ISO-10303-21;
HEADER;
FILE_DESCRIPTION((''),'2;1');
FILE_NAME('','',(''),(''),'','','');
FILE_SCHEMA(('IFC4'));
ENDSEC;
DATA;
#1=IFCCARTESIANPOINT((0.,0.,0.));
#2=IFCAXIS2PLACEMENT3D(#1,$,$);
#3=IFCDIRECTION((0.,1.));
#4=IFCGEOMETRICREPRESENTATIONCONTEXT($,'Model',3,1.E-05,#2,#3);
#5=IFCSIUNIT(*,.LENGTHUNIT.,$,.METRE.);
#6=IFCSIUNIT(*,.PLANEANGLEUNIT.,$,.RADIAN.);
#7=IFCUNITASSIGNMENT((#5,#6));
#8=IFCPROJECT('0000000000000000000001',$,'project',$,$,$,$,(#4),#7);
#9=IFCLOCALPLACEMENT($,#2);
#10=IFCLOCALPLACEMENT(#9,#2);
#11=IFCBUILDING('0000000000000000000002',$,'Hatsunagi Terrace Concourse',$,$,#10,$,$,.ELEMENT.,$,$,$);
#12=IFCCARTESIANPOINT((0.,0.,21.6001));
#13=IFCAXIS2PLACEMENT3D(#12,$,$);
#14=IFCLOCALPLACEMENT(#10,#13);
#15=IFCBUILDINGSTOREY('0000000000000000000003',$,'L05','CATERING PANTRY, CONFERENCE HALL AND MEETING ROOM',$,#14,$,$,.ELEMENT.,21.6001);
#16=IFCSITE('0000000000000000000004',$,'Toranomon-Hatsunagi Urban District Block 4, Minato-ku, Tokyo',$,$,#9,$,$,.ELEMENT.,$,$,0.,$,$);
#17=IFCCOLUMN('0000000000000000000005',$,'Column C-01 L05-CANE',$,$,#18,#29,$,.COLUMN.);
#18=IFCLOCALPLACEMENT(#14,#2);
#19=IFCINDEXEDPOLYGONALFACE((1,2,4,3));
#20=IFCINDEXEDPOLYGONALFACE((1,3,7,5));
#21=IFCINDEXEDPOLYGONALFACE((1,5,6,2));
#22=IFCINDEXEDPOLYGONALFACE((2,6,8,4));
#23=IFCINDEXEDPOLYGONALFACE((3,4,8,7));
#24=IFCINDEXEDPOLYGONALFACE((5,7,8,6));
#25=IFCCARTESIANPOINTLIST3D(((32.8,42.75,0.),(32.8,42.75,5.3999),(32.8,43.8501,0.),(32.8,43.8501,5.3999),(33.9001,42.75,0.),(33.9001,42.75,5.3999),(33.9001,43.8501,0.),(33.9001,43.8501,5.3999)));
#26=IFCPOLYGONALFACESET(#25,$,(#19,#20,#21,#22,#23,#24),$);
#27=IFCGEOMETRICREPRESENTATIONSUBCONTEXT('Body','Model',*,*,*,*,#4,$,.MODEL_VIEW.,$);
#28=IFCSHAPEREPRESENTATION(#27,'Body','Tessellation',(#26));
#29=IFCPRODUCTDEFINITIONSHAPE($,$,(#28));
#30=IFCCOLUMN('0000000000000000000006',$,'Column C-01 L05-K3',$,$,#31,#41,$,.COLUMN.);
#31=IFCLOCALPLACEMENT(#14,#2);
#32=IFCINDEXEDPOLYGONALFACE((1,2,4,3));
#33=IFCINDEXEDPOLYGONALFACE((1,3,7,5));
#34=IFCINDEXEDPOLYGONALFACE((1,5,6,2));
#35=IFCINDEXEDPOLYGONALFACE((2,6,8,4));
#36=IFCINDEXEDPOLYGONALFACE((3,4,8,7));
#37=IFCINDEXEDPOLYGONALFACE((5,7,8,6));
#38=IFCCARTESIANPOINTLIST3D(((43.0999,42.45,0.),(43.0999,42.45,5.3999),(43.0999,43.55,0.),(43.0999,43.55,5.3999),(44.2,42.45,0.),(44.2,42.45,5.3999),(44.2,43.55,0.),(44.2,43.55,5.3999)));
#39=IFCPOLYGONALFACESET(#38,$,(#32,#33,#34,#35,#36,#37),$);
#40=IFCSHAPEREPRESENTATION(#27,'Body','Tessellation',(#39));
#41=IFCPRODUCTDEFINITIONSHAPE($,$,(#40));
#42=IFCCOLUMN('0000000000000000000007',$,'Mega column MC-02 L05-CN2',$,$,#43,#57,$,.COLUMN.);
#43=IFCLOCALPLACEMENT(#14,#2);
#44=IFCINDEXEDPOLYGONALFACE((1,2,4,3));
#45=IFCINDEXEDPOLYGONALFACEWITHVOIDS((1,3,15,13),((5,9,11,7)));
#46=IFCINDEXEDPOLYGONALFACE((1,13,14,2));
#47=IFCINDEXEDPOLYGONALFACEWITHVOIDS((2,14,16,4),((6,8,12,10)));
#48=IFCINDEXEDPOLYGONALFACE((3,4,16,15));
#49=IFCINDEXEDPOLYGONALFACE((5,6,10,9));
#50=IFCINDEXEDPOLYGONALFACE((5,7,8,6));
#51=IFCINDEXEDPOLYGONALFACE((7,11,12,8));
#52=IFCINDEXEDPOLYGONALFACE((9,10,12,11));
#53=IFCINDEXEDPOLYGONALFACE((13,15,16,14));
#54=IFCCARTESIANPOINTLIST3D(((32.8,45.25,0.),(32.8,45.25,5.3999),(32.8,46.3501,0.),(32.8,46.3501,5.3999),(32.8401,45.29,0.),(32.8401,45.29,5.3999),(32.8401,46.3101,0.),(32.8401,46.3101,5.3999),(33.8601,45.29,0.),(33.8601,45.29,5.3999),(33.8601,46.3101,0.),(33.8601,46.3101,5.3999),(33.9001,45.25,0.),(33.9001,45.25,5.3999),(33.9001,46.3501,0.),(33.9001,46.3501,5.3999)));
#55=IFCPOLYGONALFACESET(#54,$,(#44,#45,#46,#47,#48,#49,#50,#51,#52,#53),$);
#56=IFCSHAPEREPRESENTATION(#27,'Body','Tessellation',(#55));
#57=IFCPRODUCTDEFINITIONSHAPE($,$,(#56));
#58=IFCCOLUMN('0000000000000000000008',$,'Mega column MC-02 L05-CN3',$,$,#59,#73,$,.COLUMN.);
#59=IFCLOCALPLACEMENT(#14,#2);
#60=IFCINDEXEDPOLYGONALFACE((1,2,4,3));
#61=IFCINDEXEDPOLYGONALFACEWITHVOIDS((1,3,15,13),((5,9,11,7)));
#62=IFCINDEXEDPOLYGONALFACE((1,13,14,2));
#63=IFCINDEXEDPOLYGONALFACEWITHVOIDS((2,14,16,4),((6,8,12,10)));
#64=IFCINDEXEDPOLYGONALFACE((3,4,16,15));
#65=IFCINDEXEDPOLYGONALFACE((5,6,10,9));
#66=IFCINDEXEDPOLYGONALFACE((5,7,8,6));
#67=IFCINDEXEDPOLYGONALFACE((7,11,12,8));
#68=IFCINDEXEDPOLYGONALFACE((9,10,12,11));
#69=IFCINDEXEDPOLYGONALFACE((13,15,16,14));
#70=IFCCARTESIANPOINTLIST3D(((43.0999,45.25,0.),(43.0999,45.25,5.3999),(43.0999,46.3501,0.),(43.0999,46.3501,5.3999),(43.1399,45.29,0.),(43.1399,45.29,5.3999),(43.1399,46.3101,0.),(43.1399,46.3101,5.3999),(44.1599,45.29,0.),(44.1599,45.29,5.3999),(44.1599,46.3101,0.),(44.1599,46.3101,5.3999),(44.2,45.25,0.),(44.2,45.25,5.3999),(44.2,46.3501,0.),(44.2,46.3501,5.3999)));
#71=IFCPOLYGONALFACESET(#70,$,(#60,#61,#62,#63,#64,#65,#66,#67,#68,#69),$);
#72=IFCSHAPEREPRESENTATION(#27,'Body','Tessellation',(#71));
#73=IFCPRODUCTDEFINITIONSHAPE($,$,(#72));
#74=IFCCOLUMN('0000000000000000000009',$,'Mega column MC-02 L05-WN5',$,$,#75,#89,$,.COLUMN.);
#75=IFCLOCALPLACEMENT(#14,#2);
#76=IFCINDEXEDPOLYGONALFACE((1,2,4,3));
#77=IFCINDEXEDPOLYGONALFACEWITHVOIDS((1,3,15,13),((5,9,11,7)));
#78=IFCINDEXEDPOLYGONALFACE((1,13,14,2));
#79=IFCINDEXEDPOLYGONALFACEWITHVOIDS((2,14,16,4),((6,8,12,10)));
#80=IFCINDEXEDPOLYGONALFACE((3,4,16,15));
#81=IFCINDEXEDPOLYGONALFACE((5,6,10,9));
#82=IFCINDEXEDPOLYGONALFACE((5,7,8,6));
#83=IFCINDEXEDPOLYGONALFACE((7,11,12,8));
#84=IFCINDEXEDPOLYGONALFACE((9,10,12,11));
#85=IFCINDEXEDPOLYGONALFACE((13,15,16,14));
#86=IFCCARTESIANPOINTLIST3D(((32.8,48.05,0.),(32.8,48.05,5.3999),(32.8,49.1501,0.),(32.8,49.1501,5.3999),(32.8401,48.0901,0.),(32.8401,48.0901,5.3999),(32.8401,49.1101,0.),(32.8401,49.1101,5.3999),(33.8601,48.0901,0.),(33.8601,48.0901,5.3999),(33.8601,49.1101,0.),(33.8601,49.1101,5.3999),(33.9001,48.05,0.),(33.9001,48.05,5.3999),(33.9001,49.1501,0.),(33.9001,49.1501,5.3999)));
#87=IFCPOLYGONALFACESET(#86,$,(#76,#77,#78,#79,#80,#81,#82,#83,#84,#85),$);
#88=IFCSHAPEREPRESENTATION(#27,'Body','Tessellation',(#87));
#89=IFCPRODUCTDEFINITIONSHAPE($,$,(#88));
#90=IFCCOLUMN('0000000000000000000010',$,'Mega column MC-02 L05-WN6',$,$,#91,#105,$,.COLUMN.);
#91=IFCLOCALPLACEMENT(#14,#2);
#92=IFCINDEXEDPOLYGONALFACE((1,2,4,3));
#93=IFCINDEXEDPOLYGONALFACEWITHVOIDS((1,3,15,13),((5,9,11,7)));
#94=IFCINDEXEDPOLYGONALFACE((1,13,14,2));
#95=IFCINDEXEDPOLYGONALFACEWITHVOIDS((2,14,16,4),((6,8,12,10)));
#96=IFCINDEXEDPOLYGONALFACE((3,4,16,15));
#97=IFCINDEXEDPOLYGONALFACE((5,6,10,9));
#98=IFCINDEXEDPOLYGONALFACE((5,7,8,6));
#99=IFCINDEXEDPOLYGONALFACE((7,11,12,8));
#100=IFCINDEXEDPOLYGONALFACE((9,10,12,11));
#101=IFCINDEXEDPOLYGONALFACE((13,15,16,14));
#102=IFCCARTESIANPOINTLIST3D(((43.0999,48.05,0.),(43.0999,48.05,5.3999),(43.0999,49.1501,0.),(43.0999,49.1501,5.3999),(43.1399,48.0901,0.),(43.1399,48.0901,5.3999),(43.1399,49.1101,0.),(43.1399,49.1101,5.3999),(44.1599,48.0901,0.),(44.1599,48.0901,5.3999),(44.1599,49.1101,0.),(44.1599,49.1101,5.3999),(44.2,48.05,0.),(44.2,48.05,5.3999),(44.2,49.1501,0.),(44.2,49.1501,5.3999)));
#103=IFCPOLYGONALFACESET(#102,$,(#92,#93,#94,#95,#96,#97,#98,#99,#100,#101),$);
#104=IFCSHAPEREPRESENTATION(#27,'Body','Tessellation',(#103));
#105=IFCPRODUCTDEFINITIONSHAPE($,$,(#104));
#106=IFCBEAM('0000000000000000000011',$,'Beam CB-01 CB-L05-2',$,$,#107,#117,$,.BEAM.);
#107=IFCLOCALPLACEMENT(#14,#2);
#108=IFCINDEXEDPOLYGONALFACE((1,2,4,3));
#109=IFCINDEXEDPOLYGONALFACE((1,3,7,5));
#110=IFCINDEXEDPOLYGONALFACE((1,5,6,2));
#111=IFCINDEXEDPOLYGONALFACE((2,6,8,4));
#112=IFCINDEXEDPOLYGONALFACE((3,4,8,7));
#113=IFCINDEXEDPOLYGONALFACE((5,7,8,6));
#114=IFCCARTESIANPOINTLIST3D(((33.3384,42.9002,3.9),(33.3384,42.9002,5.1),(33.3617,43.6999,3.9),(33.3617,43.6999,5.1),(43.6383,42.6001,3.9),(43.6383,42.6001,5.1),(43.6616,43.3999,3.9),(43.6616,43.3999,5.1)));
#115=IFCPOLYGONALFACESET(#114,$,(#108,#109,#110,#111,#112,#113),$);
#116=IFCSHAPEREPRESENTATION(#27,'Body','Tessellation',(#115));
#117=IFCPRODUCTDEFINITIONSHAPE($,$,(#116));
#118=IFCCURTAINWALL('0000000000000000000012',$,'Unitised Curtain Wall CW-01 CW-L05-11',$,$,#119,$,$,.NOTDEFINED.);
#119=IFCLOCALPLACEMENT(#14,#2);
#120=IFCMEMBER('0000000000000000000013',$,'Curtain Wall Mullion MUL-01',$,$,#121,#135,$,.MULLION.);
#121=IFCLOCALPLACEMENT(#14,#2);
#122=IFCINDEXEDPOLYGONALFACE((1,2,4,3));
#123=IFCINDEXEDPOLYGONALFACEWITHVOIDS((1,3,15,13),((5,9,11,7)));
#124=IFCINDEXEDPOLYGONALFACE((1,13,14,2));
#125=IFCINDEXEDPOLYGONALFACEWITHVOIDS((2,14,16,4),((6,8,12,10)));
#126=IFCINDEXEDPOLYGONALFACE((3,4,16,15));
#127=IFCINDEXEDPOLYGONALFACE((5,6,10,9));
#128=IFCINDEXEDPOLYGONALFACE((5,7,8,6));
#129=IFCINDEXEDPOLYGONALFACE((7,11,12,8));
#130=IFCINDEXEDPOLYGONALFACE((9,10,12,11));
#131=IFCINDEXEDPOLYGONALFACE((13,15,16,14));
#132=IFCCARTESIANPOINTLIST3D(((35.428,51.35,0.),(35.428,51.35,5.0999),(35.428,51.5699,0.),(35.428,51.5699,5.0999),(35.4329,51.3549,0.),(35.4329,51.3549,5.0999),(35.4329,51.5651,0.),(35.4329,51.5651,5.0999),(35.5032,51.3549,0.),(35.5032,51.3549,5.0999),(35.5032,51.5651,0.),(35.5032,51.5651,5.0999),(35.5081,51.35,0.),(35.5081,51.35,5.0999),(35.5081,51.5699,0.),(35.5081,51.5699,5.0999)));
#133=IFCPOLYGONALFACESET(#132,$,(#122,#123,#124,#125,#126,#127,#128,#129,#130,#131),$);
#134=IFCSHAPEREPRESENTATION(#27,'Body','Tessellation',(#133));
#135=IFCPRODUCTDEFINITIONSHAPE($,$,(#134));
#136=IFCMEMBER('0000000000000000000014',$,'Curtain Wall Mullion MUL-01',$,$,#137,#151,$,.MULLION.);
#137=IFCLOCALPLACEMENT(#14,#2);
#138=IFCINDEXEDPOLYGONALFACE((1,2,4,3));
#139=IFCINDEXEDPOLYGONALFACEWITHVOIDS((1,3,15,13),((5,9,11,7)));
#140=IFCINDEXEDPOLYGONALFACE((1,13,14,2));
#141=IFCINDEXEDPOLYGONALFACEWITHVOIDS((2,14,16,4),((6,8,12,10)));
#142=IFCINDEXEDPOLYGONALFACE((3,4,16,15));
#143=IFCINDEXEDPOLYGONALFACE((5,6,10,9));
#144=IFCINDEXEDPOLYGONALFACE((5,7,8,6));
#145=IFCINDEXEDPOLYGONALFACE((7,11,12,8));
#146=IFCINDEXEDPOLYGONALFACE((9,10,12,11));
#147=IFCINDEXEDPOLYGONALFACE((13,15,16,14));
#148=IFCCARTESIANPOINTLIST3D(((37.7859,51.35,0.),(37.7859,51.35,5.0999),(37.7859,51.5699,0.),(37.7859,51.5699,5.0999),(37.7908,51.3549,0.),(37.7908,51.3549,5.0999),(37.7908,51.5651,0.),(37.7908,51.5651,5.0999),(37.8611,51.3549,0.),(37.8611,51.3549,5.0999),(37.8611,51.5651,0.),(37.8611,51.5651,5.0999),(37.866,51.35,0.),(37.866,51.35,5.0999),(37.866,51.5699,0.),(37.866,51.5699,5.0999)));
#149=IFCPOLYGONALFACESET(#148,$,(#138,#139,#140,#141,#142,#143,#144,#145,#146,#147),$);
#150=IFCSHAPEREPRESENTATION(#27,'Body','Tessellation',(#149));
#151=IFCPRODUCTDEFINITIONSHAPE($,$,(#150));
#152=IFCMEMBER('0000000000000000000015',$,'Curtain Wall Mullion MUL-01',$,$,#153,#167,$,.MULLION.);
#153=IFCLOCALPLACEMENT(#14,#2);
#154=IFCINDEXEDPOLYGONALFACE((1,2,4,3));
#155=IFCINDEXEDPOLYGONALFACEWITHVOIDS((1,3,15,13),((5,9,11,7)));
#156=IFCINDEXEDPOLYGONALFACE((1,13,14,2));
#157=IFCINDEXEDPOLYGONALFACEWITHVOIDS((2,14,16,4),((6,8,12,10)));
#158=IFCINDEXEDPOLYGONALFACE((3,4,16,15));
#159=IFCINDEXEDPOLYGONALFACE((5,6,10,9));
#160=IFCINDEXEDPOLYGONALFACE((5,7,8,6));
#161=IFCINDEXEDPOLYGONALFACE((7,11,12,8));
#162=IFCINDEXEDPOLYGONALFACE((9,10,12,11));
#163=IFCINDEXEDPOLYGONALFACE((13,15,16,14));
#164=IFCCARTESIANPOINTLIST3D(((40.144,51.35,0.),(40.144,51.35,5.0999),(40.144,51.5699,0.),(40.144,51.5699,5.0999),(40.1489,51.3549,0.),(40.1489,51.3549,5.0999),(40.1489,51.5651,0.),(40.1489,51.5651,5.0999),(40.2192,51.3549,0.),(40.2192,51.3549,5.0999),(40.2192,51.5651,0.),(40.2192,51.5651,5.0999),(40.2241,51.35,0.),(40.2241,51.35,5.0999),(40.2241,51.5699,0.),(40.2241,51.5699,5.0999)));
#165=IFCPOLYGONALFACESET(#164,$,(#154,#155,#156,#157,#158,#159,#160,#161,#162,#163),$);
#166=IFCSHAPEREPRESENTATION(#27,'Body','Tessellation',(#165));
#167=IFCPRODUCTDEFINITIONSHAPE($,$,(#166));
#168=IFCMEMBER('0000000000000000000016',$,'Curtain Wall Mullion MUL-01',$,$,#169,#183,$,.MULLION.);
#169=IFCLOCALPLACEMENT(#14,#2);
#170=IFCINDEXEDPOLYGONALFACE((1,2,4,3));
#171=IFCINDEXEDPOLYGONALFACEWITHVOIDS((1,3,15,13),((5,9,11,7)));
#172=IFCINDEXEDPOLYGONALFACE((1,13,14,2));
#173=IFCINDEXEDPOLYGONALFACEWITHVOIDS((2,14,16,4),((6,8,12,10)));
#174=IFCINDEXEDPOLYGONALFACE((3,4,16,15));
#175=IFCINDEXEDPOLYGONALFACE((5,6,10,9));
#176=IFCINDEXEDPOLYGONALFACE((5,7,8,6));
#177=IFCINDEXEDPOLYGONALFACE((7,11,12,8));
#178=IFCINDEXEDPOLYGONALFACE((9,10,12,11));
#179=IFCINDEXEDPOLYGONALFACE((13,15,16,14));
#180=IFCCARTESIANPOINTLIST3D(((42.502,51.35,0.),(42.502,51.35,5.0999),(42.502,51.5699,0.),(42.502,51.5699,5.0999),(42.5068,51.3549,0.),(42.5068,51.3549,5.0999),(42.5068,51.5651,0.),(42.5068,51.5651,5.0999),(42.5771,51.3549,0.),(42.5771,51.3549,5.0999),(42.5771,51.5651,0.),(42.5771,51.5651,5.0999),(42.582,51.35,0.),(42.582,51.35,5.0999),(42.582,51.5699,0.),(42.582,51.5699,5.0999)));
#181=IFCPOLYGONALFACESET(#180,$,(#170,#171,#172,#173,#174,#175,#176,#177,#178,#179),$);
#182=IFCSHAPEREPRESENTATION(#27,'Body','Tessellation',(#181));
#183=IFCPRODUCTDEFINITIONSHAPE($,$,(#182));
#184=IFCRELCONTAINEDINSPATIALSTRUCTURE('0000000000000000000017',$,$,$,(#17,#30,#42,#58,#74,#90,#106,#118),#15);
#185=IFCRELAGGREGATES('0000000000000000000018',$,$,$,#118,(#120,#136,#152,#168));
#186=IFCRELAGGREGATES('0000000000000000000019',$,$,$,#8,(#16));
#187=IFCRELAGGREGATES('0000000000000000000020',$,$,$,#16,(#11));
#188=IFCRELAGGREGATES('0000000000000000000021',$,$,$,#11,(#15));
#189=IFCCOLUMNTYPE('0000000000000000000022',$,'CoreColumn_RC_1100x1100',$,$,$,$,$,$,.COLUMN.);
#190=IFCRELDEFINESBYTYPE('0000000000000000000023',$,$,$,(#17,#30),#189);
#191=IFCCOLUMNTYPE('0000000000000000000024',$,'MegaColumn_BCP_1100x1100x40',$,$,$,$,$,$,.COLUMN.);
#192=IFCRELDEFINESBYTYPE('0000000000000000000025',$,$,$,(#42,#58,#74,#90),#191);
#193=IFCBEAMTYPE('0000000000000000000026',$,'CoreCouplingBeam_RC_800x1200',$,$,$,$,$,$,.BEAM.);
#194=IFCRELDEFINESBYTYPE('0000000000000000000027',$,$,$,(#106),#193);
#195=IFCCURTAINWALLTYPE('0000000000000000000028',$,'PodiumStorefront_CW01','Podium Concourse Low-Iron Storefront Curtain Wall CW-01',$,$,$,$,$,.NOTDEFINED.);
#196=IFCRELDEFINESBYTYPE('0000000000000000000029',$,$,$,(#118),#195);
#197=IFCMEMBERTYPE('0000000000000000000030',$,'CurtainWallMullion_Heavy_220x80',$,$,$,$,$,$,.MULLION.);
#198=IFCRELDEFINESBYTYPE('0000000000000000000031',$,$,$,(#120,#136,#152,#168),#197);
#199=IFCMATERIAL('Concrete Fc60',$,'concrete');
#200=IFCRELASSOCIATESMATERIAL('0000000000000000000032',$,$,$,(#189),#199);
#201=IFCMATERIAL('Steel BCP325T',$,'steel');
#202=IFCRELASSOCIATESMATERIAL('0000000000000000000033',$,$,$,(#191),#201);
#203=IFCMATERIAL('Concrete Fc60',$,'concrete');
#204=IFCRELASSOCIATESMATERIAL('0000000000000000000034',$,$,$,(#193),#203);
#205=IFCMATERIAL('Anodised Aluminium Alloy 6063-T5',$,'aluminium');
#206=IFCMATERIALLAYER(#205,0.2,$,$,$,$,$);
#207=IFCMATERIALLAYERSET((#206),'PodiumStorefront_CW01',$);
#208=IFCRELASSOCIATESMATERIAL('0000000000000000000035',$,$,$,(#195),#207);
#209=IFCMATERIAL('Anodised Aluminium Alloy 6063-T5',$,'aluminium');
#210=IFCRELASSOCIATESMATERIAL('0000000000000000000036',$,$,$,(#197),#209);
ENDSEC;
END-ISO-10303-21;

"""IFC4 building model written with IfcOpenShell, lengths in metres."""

from ifc_helpers import new_model, si_unit, direction, frame, origin, origin_2d, place, context, subcontext, project, spatial, rectangle, hollow_rectangle, extrude, material, layer, layer_set, material_profile, profile_set, type_object, element, aggregate, save


model = new_model("IFC4")

# Units and contexts
model_context = context("Model", 3, precision=1e-05, world=origin(), true_north=direction((0.0, 1.0)))
body_context = subcontext(model_context, "Body", "Model", "MODEL_VIEW")
ifc_project = project(units=[si_unit("LENGTHUNIT", "METRE"), si_unit("PLANEANGLEUNIT", "RADIAN")], contexts=[model_context])

# Site, building, storey
site_placement = place(None, origin())
site = spatial("IfcSite", under=ifc_project, at=site_placement, Name="Toranomon-Hatsunagi Urban District Block 4, Minato-ku, Tokyo", CompositionType="ELEMENT", RefElevation=0.0)
building_placement = place(site_placement, origin())
building = spatial("IfcBuilding", under=site, at=building_placement, Name="Hatsunagi Terrace Concourse", CompositionType="ELEMENT")
storey_placement = place(building_placement, frame((0.0, 0.0, 21.6001)))
storey = spatial("IfcBuildingStorey", under=building, at=storey_placement, Name="L05", Description="CATERING PANTRY, CONFERENCE HALL AND MEETING ROOM", CompositionType="ELEMENT", Elevation=21.6001)

# Columns
ifc_material_1 = material(Name="Concrete Fc60", Category="concrete")
ifc_material_profile_1 = material_profile(ifc_material_1, rectangle(XDim=1.1001, YDim=1.1001, at=origin_2d()), Name="RC-1100x1100")
ifc_profile_set_1 = profile_set([ifc_material_profile_1], Name="Concrete Fc60")
column_type_1 = type_object("IfcColumnType", Name="CoreColumn_RC_1100x1100", PredefinedType="COLUMN", material=ifc_profile_set_1)
for number, where, z_axis, x_axis, name in (
    (1, (33.3501, 43.3, 0.0), (0.0, 0.0, 1.0), (1.0, 0.0, 0.0), "Column C-01 L05-CANE"),
    (2, (43.6499, 43.0, 0.0), (0.0, 0.0, 1.0), (1.0, 0.0, 0.0), "Column C-01 L05-K3"),
):
    element("IfcColumn", number, at=place(storey_placement, frame(where, z_axis=z_axis, x_axis=x_axis)), inside=storey, type_object=column_type_1, Name=name, PredefinedType="COLUMN", context=body_context, shape_type="SweptSolid", body=[
        extrude(rectangle(XDim=1.1001, YDim=1.1001, at=origin_2d()), origin(), (0.0, 0.0, 1.0), 5.3999),
    ])
ifc_material_2 = material(Name="Steel BCP325T", Category="steel")
ifc_material_profile_2 = material_profile(ifc_material_2, hollow_rectangle(XDim=1.1001, YDim=1.1001, WallThickness=0.04, at=origin_2d()), Name="BCP-1100x1100x40")
ifc_profile_set_2 = profile_set([ifc_material_profile_2], Name="Steel BCP325T")
column_type_2 = type_object("IfcColumnType", Name="MegaColumn_BCP_1100x1100x40", PredefinedType="COLUMN", material=ifc_profile_set_2)
for number, where, z_axis, x_axis, name in (
    (3, (33.3501, 45.8, 0.0), (0.0, 0.0, 1.0), (1.0, 0.0, 0.0), "Mega column MC-02 L05-CN2"),
    (4, (43.6499, 45.8, 0.0), (0.0, 0.0, 1.0), (1.0, 0.0, 0.0), "Mega column MC-02 L05-CN3"),
    (5, (33.3501, 48.6001, 0.0), (0.0, 0.0, 1.0), (1.0, 0.0, 0.0), "Mega column MC-02 L05-WN5"),
    (6, (43.6499, 48.6001, 0.0), (0.0, 0.0, 1.0), (1.0, 0.0, 0.0), "Mega column MC-02 L05-WN6"),
):
    element("IfcColumn", number, at=place(storey_placement, frame(where, z_axis=z_axis, x_axis=x_axis)), inside=storey, type_object=column_type_2, Name=name, PredefinedType="COLUMN", context=body_context, shape_type="SweptSolid", body=[
        extrude(hollow_rectangle(XDim=1.1001, YDim=1.1001, WallThickness=0.04, at=origin_2d()), origin(), (0.0, 0.0, 1.0), 5.3999),
    ])

# Beam
ifc_material_3 = material(Name="Concrete Fc60", Category="concrete")
ifc_material_profile_3 = material_profile(ifc_material_3, rectangle(XDim=0.8, YDim=1.2, at=origin_2d()), Name="RC-800x1200")
ifc_profile_set_3 = profile_set([ifc_material_profile_3], Name="Concrete Fc60")
beam_type_1 = type_object("IfcBeamType", Name="CoreCouplingBeam_RC_800x1200", PredefinedType="BEAM", material=ifc_profile_set_3)
beam_1_placement = place(storey_placement, frame((33.3501, 43.3, 4.5), z_axis=(0.999576, -0.029119, 0.0), x_axis=(0.029119, 0.999576, 0.0)))
element("IfcBeam", 7, at=beam_1_placement, inside=storey, type_object=beam_type_1, Name="Beam CB-01 CB-L05-2", PredefinedType="BEAM", context=body_context, shape_type="SweptSolid", body=[
    extrude(rectangle(XDim=0.8, YDim=1.2, at=origin_2d()), origin(), (0.0, 0.0, 1.0), 10.3042),
])

# Curtain wall, members
ifc_material_4 = material(Name="Anodised Aluminium Alloy 6063-T5", Category="aluminium")
ifc_layer_1 = layer(ifc_material_4, 0.2)
ifc_layer_set_1 = layer_set([ifc_layer_1], Name="PodiumStorefront_CW01")
curtain_wall_type = type_object("IfcCurtainWallType", Name="PodiumStorefront_CW01", Description="Podium Concourse Low-Iron Storefront Curtain Wall CW-01", PredefinedType="NOTDEFINED", material=ifc_layer_set_1)
curtain_wall_placement = place(storey_placement, origin())
curtain_wall = element("IfcCurtainWall", 8, at=curtain_wall_placement, inside=storey, type_object=curtain_wall_type, Name="Unitised Curtain Wall CW-01 CW-L05-11", PredefinedType="NOTDEFINED")
ifc_material_5 = material(Name="Anodised Aluminium Alloy 6063-T5", Category="aluminium")
ifc_material_profile_4 = material_profile(ifc_material_5, hollow_rectangle(XDim=0.0801, YDim=0.22, WallThickness=0.0049, at=origin_2d()), Name="ALU-MUL-220x80x5")
ifc_profile_set_4 = profile_set([ifc_material_profile_4], Name="Anodised Aluminium Alloy 6063-T5")
member_type = type_object("IfcMemberType", Name="CurtainWallMullion_Heavy_220x80", PredefinedType="MULLION", material=ifc_profile_set_4)
member_1_placement = place(storey_placement, frame((35.468, 51.46, 0.0), z_axis=(0.0, 0.0, 1.0), x_axis=(1.0, 0.0, 0.0)))
member_1 = element("IfcMember", 9, at=member_1_placement, type_object=member_type, Name="Curtain Wall Mullion MUL-01", PredefinedType="MULLION", context=body_context, shape_type="SweptSolid", body=[
    extrude(hollow_rectangle(XDim=0.0801, YDim=0.22, WallThickness=0.0049, at=origin_2d()), origin(), (0.0, 0.0, 1.0), 5.0999),
])
member_2_placement = place(storey_placement, frame((37.8259, 51.46, 0.0), z_axis=(0.0, 0.0, 1.0), x_axis=(1.0, 0.0, 0.0)))
member_2 = element("IfcMember", 10, at=member_2_placement, type_object=member_type, Name="Curtain Wall Mullion MUL-01", PredefinedType="MULLION", context=body_context, shape_type="SweptSolid", body=[
    extrude(hollow_rectangle(XDim=0.0801, YDim=0.22, WallThickness=0.0049, at=origin_2d()), origin(), (0.0, 0.0, 1.0), 5.0999),
])
member_3_placement = place(storey_placement, frame((40.1841, 51.46, 0.0), z_axis=(0.0, 0.0, 1.0), x_axis=(1.0, 0.0, 0.0)))
member_3 = element("IfcMember", 11, at=member_3_placement, type_object=member_type, Name="Curtain Wall Mullion MUL-01", PredefinedType="MULLION", context=body_context, shape_type="SweptSolid", body=[
    extrude(hollow_rectangle(XDim=0.0801, YDim=0.22, WallThickness=0.0049, at=origin_2d()), origin(), (0.0, 0.0, 1.0), 5.0999),
])
member_4_placement = place(storey_placement, frame((42.542, 51.46, 0.0), z_axis=(0.0, 0.0, 1.0), x_axis=(1.0, 0.0, 0.0)))
member_4 = element("IfcMember", 12, at=member_4_placement, type_object=member_type, Name="Curtain Wall Mullion MUL-01", PredefinedType="MULLION", context=body_context, shape_type="SweptSolid", body=[
    extrude(hollow_rectangle(XDim=0.0801, YDim=0.22, WallThickness=0.0049, at=origin_2d()), origin(), (0.0, 0.0, 1.0), 5.0999),
])

aggregate(curtain_wall, [member_1, member_2, member_3, member_4])

save(model, "model.ifc")
